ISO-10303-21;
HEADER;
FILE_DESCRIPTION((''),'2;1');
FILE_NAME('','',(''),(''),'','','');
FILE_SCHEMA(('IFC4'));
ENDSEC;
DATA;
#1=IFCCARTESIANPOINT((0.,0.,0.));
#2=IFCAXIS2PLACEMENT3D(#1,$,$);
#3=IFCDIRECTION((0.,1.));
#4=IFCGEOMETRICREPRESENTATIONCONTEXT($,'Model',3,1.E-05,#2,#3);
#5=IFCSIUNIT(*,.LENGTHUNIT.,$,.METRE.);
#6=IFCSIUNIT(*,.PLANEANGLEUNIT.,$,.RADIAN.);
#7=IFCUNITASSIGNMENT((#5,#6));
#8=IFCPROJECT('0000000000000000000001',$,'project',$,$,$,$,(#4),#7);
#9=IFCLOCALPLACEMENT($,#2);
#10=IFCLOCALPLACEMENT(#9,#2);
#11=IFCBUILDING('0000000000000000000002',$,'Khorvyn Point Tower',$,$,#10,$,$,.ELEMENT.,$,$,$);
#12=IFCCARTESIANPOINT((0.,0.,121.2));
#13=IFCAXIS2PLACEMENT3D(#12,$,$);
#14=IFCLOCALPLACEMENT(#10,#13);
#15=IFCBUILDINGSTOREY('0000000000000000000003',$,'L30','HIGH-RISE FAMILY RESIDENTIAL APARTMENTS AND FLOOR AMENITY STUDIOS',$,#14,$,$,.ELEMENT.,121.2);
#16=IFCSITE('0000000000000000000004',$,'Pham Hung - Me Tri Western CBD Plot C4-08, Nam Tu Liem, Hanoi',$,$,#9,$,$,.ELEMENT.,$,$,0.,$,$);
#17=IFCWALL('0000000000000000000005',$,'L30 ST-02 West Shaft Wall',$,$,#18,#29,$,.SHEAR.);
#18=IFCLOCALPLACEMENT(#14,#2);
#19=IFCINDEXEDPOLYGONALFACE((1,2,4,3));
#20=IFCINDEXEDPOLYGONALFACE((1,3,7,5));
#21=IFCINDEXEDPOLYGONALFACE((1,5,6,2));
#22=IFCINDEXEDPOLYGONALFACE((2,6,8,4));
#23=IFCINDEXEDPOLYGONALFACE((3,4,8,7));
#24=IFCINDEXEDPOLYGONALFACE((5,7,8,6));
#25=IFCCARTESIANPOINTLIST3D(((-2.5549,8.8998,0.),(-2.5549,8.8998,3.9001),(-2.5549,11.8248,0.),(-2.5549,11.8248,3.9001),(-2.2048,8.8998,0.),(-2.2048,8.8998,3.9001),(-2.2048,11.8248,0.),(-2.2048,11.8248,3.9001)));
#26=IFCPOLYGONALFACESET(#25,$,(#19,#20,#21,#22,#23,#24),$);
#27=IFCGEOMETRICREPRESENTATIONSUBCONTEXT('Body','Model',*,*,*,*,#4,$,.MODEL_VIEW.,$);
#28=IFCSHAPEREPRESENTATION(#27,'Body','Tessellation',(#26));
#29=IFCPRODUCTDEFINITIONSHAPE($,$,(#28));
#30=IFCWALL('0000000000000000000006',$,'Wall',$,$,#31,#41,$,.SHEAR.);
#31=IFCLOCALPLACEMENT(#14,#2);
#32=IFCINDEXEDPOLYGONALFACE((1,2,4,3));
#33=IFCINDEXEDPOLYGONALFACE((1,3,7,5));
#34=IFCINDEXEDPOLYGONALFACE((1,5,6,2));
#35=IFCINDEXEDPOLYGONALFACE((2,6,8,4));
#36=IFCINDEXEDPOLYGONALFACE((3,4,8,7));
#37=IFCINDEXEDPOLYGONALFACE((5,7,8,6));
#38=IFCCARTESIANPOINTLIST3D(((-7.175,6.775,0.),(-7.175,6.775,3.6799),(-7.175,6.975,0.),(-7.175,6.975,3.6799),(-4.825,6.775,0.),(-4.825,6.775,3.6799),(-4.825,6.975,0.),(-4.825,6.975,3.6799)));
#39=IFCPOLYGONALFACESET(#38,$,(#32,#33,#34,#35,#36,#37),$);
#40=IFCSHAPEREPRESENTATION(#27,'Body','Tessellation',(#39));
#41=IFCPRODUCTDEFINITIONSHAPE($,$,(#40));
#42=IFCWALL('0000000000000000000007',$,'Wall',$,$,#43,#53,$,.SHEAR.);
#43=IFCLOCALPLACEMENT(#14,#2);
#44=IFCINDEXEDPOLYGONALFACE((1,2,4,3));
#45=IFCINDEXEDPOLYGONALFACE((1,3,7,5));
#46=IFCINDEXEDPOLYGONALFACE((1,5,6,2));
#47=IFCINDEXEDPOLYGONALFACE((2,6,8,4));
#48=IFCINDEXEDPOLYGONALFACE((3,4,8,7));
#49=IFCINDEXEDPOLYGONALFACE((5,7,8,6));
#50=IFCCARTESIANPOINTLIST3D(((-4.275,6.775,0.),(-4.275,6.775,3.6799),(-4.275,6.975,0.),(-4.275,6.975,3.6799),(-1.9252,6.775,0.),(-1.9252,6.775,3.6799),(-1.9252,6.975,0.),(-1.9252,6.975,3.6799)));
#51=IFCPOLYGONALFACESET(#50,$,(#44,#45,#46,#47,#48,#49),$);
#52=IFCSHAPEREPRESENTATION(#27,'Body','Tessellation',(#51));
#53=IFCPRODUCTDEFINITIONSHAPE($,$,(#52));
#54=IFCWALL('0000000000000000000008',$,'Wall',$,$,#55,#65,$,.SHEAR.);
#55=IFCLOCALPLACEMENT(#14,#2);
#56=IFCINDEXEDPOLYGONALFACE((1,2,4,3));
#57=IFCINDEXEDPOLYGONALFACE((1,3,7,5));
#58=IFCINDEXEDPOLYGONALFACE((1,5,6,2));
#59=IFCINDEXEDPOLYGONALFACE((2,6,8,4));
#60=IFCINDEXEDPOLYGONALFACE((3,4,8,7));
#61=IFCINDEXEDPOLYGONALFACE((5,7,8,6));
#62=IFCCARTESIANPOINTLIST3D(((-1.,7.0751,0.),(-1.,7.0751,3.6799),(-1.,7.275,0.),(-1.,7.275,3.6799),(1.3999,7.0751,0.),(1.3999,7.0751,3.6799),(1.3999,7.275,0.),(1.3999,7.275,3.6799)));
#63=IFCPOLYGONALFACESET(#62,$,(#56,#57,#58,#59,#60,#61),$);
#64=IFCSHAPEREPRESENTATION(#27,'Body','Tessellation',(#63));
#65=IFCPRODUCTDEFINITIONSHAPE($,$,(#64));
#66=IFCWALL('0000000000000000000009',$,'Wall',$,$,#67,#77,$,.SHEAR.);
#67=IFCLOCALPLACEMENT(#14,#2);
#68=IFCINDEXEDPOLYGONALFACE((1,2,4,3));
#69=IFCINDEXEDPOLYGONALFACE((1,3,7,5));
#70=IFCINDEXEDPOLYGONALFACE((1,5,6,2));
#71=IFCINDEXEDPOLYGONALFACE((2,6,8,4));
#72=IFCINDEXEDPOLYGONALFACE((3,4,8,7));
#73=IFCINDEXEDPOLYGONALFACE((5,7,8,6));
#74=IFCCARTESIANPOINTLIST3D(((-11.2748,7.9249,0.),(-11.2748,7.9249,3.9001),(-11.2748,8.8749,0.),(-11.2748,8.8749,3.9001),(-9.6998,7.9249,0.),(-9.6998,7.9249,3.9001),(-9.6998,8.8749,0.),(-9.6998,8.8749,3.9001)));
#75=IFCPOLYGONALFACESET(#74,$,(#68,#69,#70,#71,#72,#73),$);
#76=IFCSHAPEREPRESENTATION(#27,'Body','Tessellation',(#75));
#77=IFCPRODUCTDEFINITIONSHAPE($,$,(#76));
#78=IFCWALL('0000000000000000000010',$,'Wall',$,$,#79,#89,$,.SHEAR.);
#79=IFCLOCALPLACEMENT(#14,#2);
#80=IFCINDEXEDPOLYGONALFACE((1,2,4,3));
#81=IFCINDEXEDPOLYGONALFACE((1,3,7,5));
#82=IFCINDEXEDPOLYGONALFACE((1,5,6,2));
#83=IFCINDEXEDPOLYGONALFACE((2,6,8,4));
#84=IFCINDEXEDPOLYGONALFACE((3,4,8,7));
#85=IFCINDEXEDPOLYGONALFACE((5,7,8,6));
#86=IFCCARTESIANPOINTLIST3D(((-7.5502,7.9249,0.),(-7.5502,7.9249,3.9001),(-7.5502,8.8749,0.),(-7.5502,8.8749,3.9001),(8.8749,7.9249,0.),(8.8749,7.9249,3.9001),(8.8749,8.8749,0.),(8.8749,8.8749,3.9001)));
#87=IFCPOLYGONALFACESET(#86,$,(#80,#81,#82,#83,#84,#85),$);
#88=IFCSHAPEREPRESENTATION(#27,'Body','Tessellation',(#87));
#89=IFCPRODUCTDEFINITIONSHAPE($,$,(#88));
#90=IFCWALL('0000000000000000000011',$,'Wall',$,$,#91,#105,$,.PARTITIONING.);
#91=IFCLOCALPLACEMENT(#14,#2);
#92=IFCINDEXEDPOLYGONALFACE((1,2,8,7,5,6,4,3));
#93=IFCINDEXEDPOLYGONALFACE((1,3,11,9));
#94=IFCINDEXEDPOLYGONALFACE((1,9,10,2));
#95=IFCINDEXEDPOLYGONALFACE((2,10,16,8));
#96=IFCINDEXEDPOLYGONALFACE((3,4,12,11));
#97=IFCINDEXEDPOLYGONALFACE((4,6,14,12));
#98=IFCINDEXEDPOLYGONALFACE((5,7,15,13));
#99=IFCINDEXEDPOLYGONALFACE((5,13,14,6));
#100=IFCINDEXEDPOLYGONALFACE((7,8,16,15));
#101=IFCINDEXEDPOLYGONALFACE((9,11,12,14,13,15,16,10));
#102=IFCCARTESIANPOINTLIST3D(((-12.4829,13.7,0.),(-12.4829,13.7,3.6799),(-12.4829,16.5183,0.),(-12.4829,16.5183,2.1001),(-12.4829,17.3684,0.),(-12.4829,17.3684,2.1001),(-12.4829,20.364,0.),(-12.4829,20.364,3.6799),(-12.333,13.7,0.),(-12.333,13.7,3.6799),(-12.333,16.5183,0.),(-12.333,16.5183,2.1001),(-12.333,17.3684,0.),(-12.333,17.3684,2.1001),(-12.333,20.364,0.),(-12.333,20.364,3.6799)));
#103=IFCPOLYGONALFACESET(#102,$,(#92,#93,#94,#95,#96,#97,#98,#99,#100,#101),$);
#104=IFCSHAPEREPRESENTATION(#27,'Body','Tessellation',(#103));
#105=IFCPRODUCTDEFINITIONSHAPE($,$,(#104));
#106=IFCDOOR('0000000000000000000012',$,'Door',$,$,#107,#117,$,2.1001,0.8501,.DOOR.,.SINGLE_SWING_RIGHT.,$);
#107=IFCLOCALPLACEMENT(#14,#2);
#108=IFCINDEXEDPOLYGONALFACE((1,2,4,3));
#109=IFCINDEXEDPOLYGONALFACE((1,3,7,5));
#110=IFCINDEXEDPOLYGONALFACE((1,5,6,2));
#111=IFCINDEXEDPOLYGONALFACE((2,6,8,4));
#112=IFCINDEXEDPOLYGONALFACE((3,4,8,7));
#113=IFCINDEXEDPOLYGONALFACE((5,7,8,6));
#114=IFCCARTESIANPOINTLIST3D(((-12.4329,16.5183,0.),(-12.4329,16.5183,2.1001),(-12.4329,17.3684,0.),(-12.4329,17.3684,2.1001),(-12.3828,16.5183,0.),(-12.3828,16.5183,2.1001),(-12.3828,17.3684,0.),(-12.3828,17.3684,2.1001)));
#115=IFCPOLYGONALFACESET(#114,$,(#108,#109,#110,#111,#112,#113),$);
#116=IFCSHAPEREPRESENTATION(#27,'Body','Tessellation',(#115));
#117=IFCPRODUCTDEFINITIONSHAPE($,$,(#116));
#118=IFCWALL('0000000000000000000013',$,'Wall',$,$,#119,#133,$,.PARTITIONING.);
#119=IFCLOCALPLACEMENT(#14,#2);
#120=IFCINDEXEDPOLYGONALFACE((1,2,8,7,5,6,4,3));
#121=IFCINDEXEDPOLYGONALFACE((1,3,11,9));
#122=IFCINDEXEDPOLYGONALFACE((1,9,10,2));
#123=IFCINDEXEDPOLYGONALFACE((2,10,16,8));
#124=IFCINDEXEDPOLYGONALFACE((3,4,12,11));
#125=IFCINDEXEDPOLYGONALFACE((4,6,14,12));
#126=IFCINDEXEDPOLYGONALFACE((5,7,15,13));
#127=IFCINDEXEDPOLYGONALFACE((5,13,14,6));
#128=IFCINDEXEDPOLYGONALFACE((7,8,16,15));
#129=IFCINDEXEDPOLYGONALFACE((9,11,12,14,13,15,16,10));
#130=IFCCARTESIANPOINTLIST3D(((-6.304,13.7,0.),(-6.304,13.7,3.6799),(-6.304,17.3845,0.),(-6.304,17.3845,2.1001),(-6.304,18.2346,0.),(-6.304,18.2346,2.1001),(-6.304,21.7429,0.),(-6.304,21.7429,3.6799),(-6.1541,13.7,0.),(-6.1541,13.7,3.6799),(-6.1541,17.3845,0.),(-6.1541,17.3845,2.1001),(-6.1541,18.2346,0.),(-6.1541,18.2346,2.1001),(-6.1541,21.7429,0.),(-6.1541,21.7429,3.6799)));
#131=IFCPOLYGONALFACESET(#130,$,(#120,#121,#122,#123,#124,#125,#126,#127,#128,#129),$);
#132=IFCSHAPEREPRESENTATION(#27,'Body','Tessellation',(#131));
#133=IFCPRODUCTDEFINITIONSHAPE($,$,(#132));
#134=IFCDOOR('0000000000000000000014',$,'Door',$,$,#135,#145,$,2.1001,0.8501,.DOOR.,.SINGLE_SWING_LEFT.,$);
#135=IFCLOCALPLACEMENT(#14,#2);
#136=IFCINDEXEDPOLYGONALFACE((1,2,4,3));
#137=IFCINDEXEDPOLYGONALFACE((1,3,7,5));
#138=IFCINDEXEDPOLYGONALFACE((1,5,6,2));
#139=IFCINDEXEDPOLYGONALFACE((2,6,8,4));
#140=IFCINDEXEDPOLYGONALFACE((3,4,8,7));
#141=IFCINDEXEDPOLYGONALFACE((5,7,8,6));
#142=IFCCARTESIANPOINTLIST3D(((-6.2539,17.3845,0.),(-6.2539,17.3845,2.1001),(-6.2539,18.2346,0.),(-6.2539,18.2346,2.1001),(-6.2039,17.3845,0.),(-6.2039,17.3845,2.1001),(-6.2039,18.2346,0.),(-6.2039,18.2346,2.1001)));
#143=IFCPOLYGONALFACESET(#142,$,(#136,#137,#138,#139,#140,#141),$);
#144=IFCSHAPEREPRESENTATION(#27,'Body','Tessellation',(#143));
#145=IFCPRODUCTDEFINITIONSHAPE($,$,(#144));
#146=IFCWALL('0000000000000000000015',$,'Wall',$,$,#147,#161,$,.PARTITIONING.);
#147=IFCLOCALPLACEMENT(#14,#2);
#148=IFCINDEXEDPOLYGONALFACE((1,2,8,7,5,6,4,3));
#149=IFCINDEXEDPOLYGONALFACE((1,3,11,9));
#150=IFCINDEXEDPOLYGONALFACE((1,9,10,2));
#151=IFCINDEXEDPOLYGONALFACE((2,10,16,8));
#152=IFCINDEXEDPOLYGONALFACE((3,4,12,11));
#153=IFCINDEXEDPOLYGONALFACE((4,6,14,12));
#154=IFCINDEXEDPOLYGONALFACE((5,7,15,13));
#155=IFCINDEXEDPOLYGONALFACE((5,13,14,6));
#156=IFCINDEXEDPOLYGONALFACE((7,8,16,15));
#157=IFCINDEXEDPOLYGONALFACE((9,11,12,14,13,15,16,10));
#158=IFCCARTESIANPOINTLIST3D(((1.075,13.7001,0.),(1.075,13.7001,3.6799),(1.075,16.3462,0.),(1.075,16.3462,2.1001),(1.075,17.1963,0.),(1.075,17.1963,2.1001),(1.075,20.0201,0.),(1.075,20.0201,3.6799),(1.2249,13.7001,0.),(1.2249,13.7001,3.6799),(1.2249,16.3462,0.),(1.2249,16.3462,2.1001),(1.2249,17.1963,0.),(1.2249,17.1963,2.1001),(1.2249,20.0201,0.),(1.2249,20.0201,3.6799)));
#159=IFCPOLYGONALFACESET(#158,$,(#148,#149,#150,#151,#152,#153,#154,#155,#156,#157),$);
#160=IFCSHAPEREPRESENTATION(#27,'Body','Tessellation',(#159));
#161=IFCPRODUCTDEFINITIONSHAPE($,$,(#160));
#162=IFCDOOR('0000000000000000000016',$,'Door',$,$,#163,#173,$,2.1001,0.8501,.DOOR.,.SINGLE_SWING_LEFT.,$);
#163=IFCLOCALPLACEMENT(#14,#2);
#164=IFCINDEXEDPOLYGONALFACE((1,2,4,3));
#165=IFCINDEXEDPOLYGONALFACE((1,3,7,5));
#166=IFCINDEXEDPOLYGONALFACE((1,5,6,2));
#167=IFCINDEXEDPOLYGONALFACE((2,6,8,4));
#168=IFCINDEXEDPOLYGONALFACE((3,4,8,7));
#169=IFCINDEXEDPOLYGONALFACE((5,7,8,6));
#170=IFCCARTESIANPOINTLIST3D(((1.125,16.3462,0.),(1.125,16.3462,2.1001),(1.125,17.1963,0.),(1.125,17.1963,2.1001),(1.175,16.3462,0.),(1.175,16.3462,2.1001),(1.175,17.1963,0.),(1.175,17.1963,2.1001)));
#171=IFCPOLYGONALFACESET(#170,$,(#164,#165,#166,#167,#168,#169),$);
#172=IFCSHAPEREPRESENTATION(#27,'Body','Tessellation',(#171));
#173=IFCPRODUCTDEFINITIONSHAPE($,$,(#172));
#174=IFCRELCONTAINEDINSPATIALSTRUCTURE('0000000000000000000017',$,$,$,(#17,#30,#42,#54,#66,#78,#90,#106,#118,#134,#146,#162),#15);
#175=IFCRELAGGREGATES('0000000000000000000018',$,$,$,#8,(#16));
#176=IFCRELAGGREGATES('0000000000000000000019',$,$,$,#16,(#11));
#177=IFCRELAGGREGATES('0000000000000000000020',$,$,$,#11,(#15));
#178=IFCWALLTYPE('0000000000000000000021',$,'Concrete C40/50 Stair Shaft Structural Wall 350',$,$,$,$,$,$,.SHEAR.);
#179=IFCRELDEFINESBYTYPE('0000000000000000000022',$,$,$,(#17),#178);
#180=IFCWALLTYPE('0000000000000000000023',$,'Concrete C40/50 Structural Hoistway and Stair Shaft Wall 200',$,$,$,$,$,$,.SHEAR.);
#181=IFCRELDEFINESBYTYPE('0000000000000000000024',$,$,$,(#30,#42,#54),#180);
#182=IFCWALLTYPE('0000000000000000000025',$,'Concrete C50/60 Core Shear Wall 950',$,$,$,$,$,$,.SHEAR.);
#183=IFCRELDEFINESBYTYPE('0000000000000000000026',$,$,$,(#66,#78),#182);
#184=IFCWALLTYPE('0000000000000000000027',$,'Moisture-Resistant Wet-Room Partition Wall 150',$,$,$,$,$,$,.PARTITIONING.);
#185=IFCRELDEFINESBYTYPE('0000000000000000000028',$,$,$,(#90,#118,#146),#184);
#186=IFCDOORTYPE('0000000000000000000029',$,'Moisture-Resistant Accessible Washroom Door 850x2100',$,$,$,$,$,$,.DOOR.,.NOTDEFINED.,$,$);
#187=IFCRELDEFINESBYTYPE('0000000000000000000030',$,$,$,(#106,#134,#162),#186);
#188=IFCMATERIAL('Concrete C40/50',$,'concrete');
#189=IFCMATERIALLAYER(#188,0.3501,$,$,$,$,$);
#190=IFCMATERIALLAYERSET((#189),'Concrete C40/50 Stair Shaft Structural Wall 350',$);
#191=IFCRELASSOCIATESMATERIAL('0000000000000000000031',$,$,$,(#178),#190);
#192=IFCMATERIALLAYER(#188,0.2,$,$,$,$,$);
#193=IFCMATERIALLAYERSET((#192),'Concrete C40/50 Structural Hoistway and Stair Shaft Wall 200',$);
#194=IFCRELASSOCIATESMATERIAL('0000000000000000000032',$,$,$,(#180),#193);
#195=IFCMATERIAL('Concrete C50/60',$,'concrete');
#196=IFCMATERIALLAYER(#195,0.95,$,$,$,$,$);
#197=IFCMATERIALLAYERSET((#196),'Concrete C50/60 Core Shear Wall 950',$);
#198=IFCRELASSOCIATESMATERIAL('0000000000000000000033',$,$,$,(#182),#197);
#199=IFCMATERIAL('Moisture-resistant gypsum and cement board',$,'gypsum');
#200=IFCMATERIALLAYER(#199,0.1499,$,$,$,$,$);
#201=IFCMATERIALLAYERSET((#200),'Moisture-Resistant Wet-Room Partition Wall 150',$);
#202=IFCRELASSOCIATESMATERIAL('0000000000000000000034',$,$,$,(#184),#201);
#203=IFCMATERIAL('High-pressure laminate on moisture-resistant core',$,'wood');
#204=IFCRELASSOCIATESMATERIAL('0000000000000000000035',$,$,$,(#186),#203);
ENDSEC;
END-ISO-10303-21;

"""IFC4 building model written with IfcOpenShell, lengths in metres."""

from ifc_helpers import new_model, si_unit, direction, frame, frame_2d, origin, place, context, subcontext, project, spatial, rectangle, extrude, material, layer, layer_set, type_object, element, fill, save


model = new_model("IFC4")

# Units and contexts
model_context = context("Model", 3, precision=1e-05, world=origin(), true_north=direction((0.0, 1.0)))
body_context = subcontext(model_context, "Body", "Model", "MODEL_VIEW")
ifc_project = project(units=[si_unit("LENGTHUNIT", "METRE"), si_unit("PLANEANGLEUNIT", "RADIAN")], contexts=[model_context])

# Site, building, storey
site_placement = place(None, origin())
site = spatial("IfcSite", under=ifc_project, at=site_placement, Name="Pham Hung - Me Tri Western CBD Plot C4-08, Nam Tu Liem, Hanoi", CompositionType="ELEMENT", RefElevation=0.0)
building_placement = place(site_placement, origin())
building = spatial("IfcBuilding", under=site, at=building_placement, Name="Khorvyn Point Tower", CompositionType="ELEMENT")
storey_placement = place(building_placement, frame((0.0, 0.0, 121.2)))
storey = spatial("IfcBuildingStorey", under=building, at=storey_placement, Name="L30", Description="HIGH-RISE FAMILY RESIDENTIAL APARTMENTS AND FLOOR AMENITY STUDIOS", CompositionType="ELEMENT", Elevation=121.2)

# Shared definitions
ifc_material_1 = material(Name="Concrete C50/60", Category="concrete")

# Shared definitions
ifc_material_2 = material(Name="Concrete C40/50", Category="concrete")

# Walls
ifc_layer_1 = layer(ifc_material_2, 0.3501)
ifc_layer_set_1 = layer_set([ifc_layer_1], Name="Concrete C40/50 Stair Shaft Structural Wall 350")
wall_type_1 = type_object("IfcWallType", Name="Concrete C40/50 Stair Shaft Structural Wall 350", PredefinedType="SHEAR", material=ifc_layer_set_1)
wall_1_placement = place(storey_placement, frame((-2.3799, 8.8999, 0.0), z_axis=(0.0, 0.0, 1.0), x_axis=(0.0, 1.0, 0.0)))
element("IfcWall", 1, at=wall_1_placement, inside=storey, type_object=wall_type_1, Name="L30 ST-02 West Shaft Wall", PredefinedType="SHEAR", context=body_context, shape_type="SweptSolid", body=[
    extrude(rectangle(XDim=2.925, YDim=0.3501, at=frame_2d((1.4624, 0.0))), origin(), (0.0, 0.0, 1.0), 3.9001),
])
ifc_layer_2 = layer(ifc_material_2, 0.2)
ifc_layer_set_2 = layer_set([ifc_layer_2], Name="Concrete C40/50 Structural Hoistway and Stair Shaft Wall 200")
wall_type_2 = type_object("IfcWallType", Name="Concrete C40/50 Structural Hoistway and Stair Shaft Wall 200", PredefinedType="SHEAR", material=ifc_layer_set_2)
wall_2_placement = place(storey_placement, frame((-7.175, 6.875, 0.0), z_axis=(0.0, 0.0, 1.0), x_axis=(1.0, 0.0, 0.0)))
element("IfcWall", 2, at=wall_2_placement, inside=storey, type_object=wall_type_2, Name="Wall", PredefinedType="SHEAR", context=body_context, shape_type="SweptSolid", body=[
    extrude(rectangle(XDim=2.3501, YDim=0.2, at=frame_2d((1.175, 0.0))), origin(), (0.0, 0.0, 1.0), 3.6799),
])
wall_3_placement = place(storey_placement, frame((-4.2749, 6.875, 0.0), z_axis=(0.0, 0.0, 1.0), x_axis=(1.0, 0.0, 0.0)))
element("IfcWall", 3, at=wall_3_placement, inside=storey, type_object=wall_type_2, Name="Wall", PredefinedType="SHEAR", context=body_context, shape_type="SweptSolid", body=[
    extrude(rectangle(XDim=2.3499, YDim=0.2, at=frame_2d((1.1748, 0.0))), origin(), (0.0, 0.0, 1.0), 3.6799),
])
wall_4_placement = place(storey_placement, frame((-1.0, 7.175, 0.0), z_axis=(0.0, 0.0, 1.0), x_axis=(1.0, 0.0, 0.0)))
element("IfcWall", 4, at=wall_4_placement, inside=storey, type_object=wall_type_2, Name="Wall", PredefinedType="SHEAR", context=body_context, shape_type="SweptSolid", body=[
    extrude(rectangle(XDim=2.3999, YDim=0.2, at=frame_2d((1.2, 0.0))), origin(), (0.0, 0.0, 1.0), 3.6799),
])
ifc_layer_3 = layer(ifc_material_1, 0.95)
ifc_layer_set_3 = layer_set([ifc_layer_3], Name="Concrete C50/60 Core Shear Wall 950")
wall_type_3 = type_object("IfcWallType", Name="Concrete C50/60 Core Shear Wall 950", PredefinedType="SHEAR", material=ifc_layer_set_3)
wall_5_placement = place(storey_placement, frame((-11.2749, 8.3999, 0.0), z_axis=(0.0, 0.0, 1.0), x_axis=(1.0, 0.0, 0.0)))
element("IfcWall", 5, at=wall_5_placement, inside=storey, type_object=wall_type_3, Name="Wall", PredefinedType="SHEAR", context=body_context, shape_type="SweptSolid", body=[
    extrude(rectangle(XDim=1.575, YDim=0.95, at=frame_2d((0.7876, 0.0))), origin(), (0.0, 0.0, 1.0), 3.9001),
])
wall_6_placement = place(storey_placement, frame((-7.55, 8.3999, 0.0), z_axis=(0.0, 0.0, 1.0), x_axis=(1.0, 0.0, 0.0)))
element("IfcWall", 6, at=wall_6_placement, inside=storey, type_object=wall_type_3, Name="Wall", PredefinedType="SHEAR", context=body_context, shape_type="SweptSolid", body=[
    extrude(rectangle(XDim=16.425, YDim=0.95, at=frame_2d((8.2124, 0.0))), origin(), (0.0, 0.0, 1.0), 3.9001),
])

# Walls, openings, doors
ifc_material_3 = material(Name="Moisture-resistant gypsum and cement board", Category="gypsum")
ifc_layer_4 = layer(ifc_material_3, 0.1499)
ifc_layer_set_4 = layer_set([ifc_layer_4], Name="Moisture-Resistant Wet-Room Partition Wall 150")
wall_type_4 = type_object("IfcWallType", Name="Moisture-Resistant Wet-Room Partition Wall 150", PredefinedType="PARTITIONING", material=ifc_layer_set_4)
wall_7_placement = place(storey_placement, frame((-12.408, 13.7, 0.0), z_axis=(0.0, 0.0, 1.0), x_axis=(0.0, 1.0, 0.0)))
wall_7 = element("IfcWall", 7, at=wall_7_placement, inside=storey, type_object=wall_type_4, Name="Wall", PredefinedType="PARTITIONING", context=body_context, shape_type="SweptSolid", body=[
    extrude(rectangle(XDim=6.6641, YDim=0.1499, at=frame_2d((3.332, 0.0))), origin(), (0.0, 0.0, 1.0), 3.6799),
])
opening_1_placement = place(wall_7_placement, frame((2.8184, 0.0, 0.0)))
opening_1 = element("IfcOpeningElement", 8, at=opening_1_placement, cuts=wall_7, PredefinedType="OPENING", context=body_context, shape_type="SweptSolid", body=[
    extrude(rectangle(XDim=0.8501, YDim=2.1001, at=frame_2d((0.425, 1.05))), frame((0.0, 0.085, 0.0), z_axis=(0.0, -1.0, 0.0), x_axis=(1.0, 0.0, 0.0)), (0.0, 0.0, 1.0), 0.1699),
])
ifc_material_4 = material(Name="High-pressure laminate on moisture-resistant core", Category="wood")
door_type_1 = type_object("IfcDoorType", Name="Moisture-Resistant Accessible Washroom Door 850x2100", OperationType="NOTDEFINED", PredefinedType="DOOR", material=ifc_material_4)
door_1_placement = place(opening_1_placement, origin())
door_1 = element("IfcDoor", 9, at=door_1_placement, inside=storey, type_object=door_type_1, Name="Door", OperationType="SINGLE_SWING_RIGHT", OverallHeight=2.1001, OverallWidth=0.8501, PredefinedType="DOOR", context=body_context, shape_type="SweptSolid", body=[
    extrude(rectangle(XDim=0.8501, YDim=2.1001, at=frame_2d((0.425, 1.05))), frame((0.0, 0.0249, 0.0), z_axis=(0.0, -1.0, 0.0), x_axis=(1.0, 0.0, 0.0)), (0.0, 0.0, 1.0), 0.05),
])
fill(opening_1, door_1)
wall_8_placement = place(storey_placement, frame((-6.229, 13.7, 0.0), z_axis=(0.0, 0.0, 1.0), x_axis=(0.0, 1.0, 0.0)))
wall_8 = element("IfcWall", 10, at=wall_8_placement, inside=storey, type_object=wall_type_4, Name="Wall", PredefinedType="PARTITIONING", context=body_context, shape_type="SweptSolid", body=[
    extrude(rectangle(XDim=8.043, YDim=0.1499, at=frame_2d((4.0215, 0.0))), origin(), (0.0, 0.0, 1.0), 3.6799),
])
opening_2_placement = place(wall_8_placement, frame((3.6846, 0.0, 0.0)))
opening_2 = element("IfcOpeningElement", 11, at=opening_2_placement, cuts=wall_8, PredefinedType="OPENING", context=body_context, shape_type="SweptSolid", body=[
    extrude(rectangle(XDim=0.8501, YDim=2.1001, at=frame_2d((0.425, 1.05))), frame((0.0, 0.085, 0.0), z_axis=(0.0, -1.0, 0.0), x_axis=(1.0, 0.0, 0.0)), (0.0, 0.0, 1.0), 0.1699),
])
door_2_placement = place(opening_2_placement, origin())
door_2 = element("IfcDoor", 12, at=door_2_placement, inside=storey, type_object=door_type_1, Name="Door", OperationType="SINGLE_SWING_LEFT", OverallHeight=2.1001, OverallWidth=0.8501, PredefinedType="DOOR", context=body_context, shape_type="SweptSolid", body=[
    extrude(rectangle(XDim=0.8501, YDim=2.1001, at=frame_2d((0.425, 1.05))), frame((0.0, 0.0249, 0.0), z_axis=(0.0, -1.0, 0.0), x_axis=(1.0, 0.0, 0.0)), (0.0, 0.0, 1.0), 0.05),
])
fill(opening_2, door_2)
wall_9_placement = place(storey_placement, frame((1.1499, 13.7, 0.0), z_axis=(0.0, 0.0, 1.0), x_axis=(0.0, 1.0, 0.0)))
wall_9 = element("IfcWall", 13, at=wall_9_placement, inside=storey, type_object=wall_type_4, Name="Wall", PredefinedType="PARTITIONING", context=body_context, shape_type="SweptSolid", body=[
    extrude(rectangle(XDim=6.3201, YDim=0.1499, at=frame_2d((3.1602, 0.0))), origin(), (0.0, 0.0, 1.0), 3.6799),
])
opening_3_placement = place(wall_9_placement, frame((2.6462, 0.0, 0.0)))
opening_3 = element("IfcOpeningElement", 14, at=opening_3_placement, cuts=wall_9, PredefinedType="OPENING", context=body_context, shape_type="SweptSolid", body=[
    extrude(rectangle(XDim=0.8501, YDim=2.1001, at=frame_2d((0.425, 1.05))), frame((0.0, 0.085, 0.0), z_axis=(0.0, -1.0, 0.0), x_axis=(1.0, 0.0, 0.0)), (0.0, 0.0, 1.0), 0.1699),
])
door_3_placement = place(opening_3_placement, origin())
door_3 = element("IfcDoor", 15, at=door_3_placement, inside=storey, type_object=door_type_1, Name="Door", OperationType="SINGLE_SWING_LEFT", OverallHeight=2.1001, OverallWidth=0.8501, PredefinedType="DOOR", context=body_context, shape_type="SweptSolid", body=[
    extrude(rectangle(XDim=0.8501, YDim=2.1001, at=frame_2d((0.425, 1.05))), frame((0.0, 0.0249, 0.0), z_axis=(0.0, -1.0, 0.0), x_axis=(1.0, 0.0, 0.0)), (0.0, 0.0, 1.0), 0.05),
])
fill(opening_3, door_3)

save(model, "model.ifc")
